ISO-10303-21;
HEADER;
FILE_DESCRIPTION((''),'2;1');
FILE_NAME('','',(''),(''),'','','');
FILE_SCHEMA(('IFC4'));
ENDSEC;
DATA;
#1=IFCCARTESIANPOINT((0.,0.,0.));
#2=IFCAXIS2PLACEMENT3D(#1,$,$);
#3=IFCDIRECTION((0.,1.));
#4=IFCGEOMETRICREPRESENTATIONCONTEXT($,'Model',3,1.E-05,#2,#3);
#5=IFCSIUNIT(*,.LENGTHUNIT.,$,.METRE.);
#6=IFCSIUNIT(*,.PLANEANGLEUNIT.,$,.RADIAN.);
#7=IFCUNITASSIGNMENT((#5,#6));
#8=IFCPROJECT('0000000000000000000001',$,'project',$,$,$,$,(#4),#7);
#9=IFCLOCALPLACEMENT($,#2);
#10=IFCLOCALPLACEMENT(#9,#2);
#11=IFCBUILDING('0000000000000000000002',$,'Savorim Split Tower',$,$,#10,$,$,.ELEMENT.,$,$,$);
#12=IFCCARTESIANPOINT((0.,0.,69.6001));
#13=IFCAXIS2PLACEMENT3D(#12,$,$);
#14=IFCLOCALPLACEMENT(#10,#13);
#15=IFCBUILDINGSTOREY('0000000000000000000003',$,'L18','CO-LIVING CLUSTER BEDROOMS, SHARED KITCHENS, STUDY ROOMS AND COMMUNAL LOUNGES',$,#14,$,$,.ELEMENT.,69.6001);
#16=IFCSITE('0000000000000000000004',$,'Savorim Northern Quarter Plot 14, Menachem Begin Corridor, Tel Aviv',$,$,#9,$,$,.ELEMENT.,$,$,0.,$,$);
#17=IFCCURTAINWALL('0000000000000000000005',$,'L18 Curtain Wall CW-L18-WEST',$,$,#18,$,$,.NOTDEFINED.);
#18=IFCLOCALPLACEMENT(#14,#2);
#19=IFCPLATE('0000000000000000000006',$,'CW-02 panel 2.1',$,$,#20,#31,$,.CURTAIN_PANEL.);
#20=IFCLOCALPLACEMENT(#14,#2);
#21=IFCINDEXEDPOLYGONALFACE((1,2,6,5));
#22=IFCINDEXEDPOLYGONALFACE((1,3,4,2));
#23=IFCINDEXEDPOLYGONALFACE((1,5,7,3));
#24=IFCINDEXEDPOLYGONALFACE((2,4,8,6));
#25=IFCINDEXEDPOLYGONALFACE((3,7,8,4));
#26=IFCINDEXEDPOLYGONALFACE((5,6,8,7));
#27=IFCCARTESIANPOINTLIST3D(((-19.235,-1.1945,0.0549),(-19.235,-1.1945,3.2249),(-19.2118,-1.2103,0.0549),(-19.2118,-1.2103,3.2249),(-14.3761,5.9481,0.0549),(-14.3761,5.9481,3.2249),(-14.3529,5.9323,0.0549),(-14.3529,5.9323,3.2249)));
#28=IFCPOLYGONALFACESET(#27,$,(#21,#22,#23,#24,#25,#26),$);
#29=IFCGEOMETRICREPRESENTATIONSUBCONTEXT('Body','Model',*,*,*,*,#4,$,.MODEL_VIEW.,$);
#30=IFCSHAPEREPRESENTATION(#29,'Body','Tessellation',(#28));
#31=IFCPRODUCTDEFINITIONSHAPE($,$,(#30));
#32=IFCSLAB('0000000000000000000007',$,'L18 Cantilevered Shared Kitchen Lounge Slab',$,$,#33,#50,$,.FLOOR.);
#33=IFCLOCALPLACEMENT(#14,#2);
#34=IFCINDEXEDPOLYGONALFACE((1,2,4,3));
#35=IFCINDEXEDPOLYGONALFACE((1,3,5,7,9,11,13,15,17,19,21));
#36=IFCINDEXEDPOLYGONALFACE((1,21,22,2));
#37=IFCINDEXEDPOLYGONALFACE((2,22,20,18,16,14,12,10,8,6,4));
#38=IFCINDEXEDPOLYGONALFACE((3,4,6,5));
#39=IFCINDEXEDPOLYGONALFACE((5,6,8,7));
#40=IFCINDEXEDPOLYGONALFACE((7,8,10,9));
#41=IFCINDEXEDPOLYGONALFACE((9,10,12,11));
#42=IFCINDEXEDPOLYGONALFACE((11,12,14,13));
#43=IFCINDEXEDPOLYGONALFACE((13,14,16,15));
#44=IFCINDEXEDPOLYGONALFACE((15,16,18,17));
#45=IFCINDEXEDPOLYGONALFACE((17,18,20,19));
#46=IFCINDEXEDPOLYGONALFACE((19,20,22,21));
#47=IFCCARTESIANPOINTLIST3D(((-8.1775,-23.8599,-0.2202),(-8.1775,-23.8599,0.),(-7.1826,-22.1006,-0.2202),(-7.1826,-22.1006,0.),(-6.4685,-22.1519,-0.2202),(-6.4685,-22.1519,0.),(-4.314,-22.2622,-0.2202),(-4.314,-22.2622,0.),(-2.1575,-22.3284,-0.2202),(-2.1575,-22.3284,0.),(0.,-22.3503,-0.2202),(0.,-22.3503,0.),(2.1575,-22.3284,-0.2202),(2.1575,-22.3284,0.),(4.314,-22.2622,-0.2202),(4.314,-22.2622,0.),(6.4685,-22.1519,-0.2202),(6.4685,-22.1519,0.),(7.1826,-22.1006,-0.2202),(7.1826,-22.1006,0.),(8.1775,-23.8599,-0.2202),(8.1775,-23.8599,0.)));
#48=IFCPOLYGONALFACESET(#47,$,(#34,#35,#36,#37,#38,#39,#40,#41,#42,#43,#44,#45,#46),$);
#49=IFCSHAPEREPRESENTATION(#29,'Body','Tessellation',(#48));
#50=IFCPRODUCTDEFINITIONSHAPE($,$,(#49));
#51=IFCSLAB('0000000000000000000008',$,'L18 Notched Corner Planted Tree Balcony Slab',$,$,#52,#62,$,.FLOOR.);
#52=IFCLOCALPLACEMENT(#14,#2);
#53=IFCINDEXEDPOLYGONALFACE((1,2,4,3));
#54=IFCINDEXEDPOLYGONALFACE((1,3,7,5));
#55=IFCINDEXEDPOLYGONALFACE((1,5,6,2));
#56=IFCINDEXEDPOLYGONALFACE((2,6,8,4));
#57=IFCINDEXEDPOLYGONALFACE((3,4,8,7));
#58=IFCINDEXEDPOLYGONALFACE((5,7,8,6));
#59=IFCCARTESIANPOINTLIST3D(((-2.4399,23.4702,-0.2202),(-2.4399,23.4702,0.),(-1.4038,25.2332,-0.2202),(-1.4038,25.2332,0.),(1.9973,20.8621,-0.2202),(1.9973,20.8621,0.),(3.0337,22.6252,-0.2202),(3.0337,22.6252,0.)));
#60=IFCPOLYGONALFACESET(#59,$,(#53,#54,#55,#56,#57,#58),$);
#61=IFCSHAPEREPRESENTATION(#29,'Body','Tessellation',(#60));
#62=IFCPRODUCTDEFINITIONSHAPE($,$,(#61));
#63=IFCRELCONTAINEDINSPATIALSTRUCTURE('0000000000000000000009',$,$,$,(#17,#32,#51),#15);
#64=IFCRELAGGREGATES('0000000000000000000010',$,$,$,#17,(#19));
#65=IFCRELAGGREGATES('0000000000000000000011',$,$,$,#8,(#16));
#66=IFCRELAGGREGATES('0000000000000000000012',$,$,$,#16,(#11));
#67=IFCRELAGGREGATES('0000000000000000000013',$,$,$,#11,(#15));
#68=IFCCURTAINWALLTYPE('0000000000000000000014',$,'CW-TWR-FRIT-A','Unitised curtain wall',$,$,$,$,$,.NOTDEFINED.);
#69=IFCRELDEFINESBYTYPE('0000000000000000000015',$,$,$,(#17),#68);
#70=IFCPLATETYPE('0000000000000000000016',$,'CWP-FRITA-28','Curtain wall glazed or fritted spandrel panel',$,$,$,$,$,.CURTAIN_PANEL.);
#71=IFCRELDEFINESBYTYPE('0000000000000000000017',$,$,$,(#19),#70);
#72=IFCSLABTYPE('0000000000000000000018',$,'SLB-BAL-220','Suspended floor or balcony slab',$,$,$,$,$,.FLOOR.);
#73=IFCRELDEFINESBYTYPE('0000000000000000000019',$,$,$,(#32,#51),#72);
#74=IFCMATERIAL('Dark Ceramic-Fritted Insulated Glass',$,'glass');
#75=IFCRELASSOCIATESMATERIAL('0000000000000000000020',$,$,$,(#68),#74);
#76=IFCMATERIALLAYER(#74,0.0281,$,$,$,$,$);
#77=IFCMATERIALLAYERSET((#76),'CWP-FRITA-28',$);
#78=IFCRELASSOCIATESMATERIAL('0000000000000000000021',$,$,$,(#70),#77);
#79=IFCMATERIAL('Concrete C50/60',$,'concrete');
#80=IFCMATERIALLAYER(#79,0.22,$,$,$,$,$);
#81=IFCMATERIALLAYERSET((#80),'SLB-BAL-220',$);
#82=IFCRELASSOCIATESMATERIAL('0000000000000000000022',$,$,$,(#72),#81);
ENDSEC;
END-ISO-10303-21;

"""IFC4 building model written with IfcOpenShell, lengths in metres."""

from ifc_helpers import new_model, si_unit, direction, frame, origin, origin_2d, place, context, subcontext, project, spatial, polyline, rectangle, outline, extrude, material, layer, layer_set, type_object, element, aggregate, save


model = new_model("IFC4")

# Units and contexts
model_context = context("Model", 3, precision=1e-05, world=origin(), true_north=direction((0.0, 1.0)))
body_context = subcontext(model_context, "Body", "Model", "MODEL_VIEW")
ifc_project = project(units=[si_unit("LENGTHUNIT", "METRE"), si_unit("PLANEANGLEUNIT", "RADIAN")], contexts=[model_context])

# Site, building, storey
site_placement = place(None, origin())
site = spatial("IfcSite", under=ifc_project, at=site_placement, Name="Savorim Northern Quarter Plot 14, Menachem Begin Corridor, Tel Aviv", CompositionType="ELEMENT", RefElevation=0.0)
building_placement = place(site_placement, origin())
building = spatial("IfcBuilding", under=site, at=building_placement, Name="Savorim Split Tower", CompositionType="ELEMENT")
storey_placement = place(building_placement, frame((0.0, 0.0, 69.6001)))
storey = spatial("IfcBuildingStorey", under=building, at=storey_placement, Name="L18", Description="CO-LIVING CLUSTER BEDROOMS, SHARED KITCHENS, STUDY ROOMS AND COMMUNAL LOUNGES", CompositionType="ELEMENT", Elevation=69.6001)

# Curtain wall, plate
ifc_material_1 = material(Name="Dark Ceramic-Fritted Insulated Glass", Category="glass")
curtain_wall_type = type_object("IfcCurtainWallType", Name="CW-TWR-FRIT-A", Description="Unitised curtain wall", PredefinedType="NOTDEFINED", material=ifc_material_1)
curtain_wall_placement = place(storey_placement, origin())
curtain_wall = element("IfcCurtainWall", 1, at=curtain_wall_placement, inside=storey, type_object=curtain_wall_type, Name="L18 Curtain Wall CW-L18-WEST", PredefinedType="NOTDEFINED")
ifc_layer_1 = layer(ifc_material_1, 0.0281)
ifc_layer_set_1 = layer_set([ifc_layer_1], Name="CWP-FRITA-28")
plate_type = type_object("IfcPlateType", Name="CWP-FRITA-28", Description="Curtain wall glazed or fritted spandrel panel", PredefinedType="CURTAIN_PANEL", material=ifc_layer_set_1)
plate_placement = place(storey_placement, frame((-16.7939, 2.3689, 0.0549), z_axis=(0.0, 0.0, 1.0), x_axis=(-0.562466, -0.82682, 0.0)))
plate = element("IfcPlate", 2, at=plate_placement, type_object=plate_type, Name="CW-02 panel 2.1", PredefinedType="CURTAIN_PANEL", context=body_context, shape_type="SweptSolid", body=[
    extrude(rectangle(XDim=8.6387, YDim=0.0281, at=origin_2d()), origin(), (0.0, 0.0, 1.0), 3.1699),
])
aggregate(curtain_wall, [plate])

# Slabs
ifc_material_2 = material(Name="Concrete C50/60", Category="concrete")
ifc_layer_2 = layer(ifc_material_2, 0.22)
ifc_layer_set_2 = layer_set([ifc_layer_2], Name="SLB-BAL-220")
slab_type_1 = type_object("IfcSlabType", Name="SLB-BAL-220", Description="Suspended floor or balcony slab", PredefinedType="FLOOR", material=ifc_layer_set_2)
slab_1_placement = place(storey_placement, frame((0.0, 0.0, -0.2202)))
element("IfcSlab", 3, at=slab_1_placement, inside=storey, type_object=slab_type_1, Name="L18 Cantilevered Shared Kitchen Lounge Slab", PredefinedType="FLOOR", context=body_context, shape_type="SweptSolid", body=[
    extrude(outline(polyline([(7.1826, -22.1006), (6.4685, -22.1519), (4.314, -22.2622), (2.1575, -22.3284), (0.0, -22.3503), (-2.1575, -22.3284), (-4.314, -22.2622), (-6.4685, -22.1519), (-7.1826, -22.1006), (-8.1775, -23.8599), (8.1775, -23.8599), (7.1826, -22.1006)])), origin(), (0.0, 0.0, 1.0), 0.2202),
])
slab_2_placement = place(storey_placement, frame((0.0, 0.0, -0.2202)))
element("IfcSlab", 4, at=slab_2_placement, inside=storey, type_object=slab_type_1, Name="L18 Notched Corner Planted Tree Balcony Slab", PredefinedType="FLOOR", context=body_context, shape_type="SweptSolid", body=[
    extrude(outline(polyline([(-2.4399, 23.4702), (1.9973, 20.8621), (3.0337, 22.6252), (-1.4038, 25.2332), (-2.4399, 23.4702)])), origin(), (0.0, 0.0, 1.0), 0.2202),
])

save(model, "model.ifc")
